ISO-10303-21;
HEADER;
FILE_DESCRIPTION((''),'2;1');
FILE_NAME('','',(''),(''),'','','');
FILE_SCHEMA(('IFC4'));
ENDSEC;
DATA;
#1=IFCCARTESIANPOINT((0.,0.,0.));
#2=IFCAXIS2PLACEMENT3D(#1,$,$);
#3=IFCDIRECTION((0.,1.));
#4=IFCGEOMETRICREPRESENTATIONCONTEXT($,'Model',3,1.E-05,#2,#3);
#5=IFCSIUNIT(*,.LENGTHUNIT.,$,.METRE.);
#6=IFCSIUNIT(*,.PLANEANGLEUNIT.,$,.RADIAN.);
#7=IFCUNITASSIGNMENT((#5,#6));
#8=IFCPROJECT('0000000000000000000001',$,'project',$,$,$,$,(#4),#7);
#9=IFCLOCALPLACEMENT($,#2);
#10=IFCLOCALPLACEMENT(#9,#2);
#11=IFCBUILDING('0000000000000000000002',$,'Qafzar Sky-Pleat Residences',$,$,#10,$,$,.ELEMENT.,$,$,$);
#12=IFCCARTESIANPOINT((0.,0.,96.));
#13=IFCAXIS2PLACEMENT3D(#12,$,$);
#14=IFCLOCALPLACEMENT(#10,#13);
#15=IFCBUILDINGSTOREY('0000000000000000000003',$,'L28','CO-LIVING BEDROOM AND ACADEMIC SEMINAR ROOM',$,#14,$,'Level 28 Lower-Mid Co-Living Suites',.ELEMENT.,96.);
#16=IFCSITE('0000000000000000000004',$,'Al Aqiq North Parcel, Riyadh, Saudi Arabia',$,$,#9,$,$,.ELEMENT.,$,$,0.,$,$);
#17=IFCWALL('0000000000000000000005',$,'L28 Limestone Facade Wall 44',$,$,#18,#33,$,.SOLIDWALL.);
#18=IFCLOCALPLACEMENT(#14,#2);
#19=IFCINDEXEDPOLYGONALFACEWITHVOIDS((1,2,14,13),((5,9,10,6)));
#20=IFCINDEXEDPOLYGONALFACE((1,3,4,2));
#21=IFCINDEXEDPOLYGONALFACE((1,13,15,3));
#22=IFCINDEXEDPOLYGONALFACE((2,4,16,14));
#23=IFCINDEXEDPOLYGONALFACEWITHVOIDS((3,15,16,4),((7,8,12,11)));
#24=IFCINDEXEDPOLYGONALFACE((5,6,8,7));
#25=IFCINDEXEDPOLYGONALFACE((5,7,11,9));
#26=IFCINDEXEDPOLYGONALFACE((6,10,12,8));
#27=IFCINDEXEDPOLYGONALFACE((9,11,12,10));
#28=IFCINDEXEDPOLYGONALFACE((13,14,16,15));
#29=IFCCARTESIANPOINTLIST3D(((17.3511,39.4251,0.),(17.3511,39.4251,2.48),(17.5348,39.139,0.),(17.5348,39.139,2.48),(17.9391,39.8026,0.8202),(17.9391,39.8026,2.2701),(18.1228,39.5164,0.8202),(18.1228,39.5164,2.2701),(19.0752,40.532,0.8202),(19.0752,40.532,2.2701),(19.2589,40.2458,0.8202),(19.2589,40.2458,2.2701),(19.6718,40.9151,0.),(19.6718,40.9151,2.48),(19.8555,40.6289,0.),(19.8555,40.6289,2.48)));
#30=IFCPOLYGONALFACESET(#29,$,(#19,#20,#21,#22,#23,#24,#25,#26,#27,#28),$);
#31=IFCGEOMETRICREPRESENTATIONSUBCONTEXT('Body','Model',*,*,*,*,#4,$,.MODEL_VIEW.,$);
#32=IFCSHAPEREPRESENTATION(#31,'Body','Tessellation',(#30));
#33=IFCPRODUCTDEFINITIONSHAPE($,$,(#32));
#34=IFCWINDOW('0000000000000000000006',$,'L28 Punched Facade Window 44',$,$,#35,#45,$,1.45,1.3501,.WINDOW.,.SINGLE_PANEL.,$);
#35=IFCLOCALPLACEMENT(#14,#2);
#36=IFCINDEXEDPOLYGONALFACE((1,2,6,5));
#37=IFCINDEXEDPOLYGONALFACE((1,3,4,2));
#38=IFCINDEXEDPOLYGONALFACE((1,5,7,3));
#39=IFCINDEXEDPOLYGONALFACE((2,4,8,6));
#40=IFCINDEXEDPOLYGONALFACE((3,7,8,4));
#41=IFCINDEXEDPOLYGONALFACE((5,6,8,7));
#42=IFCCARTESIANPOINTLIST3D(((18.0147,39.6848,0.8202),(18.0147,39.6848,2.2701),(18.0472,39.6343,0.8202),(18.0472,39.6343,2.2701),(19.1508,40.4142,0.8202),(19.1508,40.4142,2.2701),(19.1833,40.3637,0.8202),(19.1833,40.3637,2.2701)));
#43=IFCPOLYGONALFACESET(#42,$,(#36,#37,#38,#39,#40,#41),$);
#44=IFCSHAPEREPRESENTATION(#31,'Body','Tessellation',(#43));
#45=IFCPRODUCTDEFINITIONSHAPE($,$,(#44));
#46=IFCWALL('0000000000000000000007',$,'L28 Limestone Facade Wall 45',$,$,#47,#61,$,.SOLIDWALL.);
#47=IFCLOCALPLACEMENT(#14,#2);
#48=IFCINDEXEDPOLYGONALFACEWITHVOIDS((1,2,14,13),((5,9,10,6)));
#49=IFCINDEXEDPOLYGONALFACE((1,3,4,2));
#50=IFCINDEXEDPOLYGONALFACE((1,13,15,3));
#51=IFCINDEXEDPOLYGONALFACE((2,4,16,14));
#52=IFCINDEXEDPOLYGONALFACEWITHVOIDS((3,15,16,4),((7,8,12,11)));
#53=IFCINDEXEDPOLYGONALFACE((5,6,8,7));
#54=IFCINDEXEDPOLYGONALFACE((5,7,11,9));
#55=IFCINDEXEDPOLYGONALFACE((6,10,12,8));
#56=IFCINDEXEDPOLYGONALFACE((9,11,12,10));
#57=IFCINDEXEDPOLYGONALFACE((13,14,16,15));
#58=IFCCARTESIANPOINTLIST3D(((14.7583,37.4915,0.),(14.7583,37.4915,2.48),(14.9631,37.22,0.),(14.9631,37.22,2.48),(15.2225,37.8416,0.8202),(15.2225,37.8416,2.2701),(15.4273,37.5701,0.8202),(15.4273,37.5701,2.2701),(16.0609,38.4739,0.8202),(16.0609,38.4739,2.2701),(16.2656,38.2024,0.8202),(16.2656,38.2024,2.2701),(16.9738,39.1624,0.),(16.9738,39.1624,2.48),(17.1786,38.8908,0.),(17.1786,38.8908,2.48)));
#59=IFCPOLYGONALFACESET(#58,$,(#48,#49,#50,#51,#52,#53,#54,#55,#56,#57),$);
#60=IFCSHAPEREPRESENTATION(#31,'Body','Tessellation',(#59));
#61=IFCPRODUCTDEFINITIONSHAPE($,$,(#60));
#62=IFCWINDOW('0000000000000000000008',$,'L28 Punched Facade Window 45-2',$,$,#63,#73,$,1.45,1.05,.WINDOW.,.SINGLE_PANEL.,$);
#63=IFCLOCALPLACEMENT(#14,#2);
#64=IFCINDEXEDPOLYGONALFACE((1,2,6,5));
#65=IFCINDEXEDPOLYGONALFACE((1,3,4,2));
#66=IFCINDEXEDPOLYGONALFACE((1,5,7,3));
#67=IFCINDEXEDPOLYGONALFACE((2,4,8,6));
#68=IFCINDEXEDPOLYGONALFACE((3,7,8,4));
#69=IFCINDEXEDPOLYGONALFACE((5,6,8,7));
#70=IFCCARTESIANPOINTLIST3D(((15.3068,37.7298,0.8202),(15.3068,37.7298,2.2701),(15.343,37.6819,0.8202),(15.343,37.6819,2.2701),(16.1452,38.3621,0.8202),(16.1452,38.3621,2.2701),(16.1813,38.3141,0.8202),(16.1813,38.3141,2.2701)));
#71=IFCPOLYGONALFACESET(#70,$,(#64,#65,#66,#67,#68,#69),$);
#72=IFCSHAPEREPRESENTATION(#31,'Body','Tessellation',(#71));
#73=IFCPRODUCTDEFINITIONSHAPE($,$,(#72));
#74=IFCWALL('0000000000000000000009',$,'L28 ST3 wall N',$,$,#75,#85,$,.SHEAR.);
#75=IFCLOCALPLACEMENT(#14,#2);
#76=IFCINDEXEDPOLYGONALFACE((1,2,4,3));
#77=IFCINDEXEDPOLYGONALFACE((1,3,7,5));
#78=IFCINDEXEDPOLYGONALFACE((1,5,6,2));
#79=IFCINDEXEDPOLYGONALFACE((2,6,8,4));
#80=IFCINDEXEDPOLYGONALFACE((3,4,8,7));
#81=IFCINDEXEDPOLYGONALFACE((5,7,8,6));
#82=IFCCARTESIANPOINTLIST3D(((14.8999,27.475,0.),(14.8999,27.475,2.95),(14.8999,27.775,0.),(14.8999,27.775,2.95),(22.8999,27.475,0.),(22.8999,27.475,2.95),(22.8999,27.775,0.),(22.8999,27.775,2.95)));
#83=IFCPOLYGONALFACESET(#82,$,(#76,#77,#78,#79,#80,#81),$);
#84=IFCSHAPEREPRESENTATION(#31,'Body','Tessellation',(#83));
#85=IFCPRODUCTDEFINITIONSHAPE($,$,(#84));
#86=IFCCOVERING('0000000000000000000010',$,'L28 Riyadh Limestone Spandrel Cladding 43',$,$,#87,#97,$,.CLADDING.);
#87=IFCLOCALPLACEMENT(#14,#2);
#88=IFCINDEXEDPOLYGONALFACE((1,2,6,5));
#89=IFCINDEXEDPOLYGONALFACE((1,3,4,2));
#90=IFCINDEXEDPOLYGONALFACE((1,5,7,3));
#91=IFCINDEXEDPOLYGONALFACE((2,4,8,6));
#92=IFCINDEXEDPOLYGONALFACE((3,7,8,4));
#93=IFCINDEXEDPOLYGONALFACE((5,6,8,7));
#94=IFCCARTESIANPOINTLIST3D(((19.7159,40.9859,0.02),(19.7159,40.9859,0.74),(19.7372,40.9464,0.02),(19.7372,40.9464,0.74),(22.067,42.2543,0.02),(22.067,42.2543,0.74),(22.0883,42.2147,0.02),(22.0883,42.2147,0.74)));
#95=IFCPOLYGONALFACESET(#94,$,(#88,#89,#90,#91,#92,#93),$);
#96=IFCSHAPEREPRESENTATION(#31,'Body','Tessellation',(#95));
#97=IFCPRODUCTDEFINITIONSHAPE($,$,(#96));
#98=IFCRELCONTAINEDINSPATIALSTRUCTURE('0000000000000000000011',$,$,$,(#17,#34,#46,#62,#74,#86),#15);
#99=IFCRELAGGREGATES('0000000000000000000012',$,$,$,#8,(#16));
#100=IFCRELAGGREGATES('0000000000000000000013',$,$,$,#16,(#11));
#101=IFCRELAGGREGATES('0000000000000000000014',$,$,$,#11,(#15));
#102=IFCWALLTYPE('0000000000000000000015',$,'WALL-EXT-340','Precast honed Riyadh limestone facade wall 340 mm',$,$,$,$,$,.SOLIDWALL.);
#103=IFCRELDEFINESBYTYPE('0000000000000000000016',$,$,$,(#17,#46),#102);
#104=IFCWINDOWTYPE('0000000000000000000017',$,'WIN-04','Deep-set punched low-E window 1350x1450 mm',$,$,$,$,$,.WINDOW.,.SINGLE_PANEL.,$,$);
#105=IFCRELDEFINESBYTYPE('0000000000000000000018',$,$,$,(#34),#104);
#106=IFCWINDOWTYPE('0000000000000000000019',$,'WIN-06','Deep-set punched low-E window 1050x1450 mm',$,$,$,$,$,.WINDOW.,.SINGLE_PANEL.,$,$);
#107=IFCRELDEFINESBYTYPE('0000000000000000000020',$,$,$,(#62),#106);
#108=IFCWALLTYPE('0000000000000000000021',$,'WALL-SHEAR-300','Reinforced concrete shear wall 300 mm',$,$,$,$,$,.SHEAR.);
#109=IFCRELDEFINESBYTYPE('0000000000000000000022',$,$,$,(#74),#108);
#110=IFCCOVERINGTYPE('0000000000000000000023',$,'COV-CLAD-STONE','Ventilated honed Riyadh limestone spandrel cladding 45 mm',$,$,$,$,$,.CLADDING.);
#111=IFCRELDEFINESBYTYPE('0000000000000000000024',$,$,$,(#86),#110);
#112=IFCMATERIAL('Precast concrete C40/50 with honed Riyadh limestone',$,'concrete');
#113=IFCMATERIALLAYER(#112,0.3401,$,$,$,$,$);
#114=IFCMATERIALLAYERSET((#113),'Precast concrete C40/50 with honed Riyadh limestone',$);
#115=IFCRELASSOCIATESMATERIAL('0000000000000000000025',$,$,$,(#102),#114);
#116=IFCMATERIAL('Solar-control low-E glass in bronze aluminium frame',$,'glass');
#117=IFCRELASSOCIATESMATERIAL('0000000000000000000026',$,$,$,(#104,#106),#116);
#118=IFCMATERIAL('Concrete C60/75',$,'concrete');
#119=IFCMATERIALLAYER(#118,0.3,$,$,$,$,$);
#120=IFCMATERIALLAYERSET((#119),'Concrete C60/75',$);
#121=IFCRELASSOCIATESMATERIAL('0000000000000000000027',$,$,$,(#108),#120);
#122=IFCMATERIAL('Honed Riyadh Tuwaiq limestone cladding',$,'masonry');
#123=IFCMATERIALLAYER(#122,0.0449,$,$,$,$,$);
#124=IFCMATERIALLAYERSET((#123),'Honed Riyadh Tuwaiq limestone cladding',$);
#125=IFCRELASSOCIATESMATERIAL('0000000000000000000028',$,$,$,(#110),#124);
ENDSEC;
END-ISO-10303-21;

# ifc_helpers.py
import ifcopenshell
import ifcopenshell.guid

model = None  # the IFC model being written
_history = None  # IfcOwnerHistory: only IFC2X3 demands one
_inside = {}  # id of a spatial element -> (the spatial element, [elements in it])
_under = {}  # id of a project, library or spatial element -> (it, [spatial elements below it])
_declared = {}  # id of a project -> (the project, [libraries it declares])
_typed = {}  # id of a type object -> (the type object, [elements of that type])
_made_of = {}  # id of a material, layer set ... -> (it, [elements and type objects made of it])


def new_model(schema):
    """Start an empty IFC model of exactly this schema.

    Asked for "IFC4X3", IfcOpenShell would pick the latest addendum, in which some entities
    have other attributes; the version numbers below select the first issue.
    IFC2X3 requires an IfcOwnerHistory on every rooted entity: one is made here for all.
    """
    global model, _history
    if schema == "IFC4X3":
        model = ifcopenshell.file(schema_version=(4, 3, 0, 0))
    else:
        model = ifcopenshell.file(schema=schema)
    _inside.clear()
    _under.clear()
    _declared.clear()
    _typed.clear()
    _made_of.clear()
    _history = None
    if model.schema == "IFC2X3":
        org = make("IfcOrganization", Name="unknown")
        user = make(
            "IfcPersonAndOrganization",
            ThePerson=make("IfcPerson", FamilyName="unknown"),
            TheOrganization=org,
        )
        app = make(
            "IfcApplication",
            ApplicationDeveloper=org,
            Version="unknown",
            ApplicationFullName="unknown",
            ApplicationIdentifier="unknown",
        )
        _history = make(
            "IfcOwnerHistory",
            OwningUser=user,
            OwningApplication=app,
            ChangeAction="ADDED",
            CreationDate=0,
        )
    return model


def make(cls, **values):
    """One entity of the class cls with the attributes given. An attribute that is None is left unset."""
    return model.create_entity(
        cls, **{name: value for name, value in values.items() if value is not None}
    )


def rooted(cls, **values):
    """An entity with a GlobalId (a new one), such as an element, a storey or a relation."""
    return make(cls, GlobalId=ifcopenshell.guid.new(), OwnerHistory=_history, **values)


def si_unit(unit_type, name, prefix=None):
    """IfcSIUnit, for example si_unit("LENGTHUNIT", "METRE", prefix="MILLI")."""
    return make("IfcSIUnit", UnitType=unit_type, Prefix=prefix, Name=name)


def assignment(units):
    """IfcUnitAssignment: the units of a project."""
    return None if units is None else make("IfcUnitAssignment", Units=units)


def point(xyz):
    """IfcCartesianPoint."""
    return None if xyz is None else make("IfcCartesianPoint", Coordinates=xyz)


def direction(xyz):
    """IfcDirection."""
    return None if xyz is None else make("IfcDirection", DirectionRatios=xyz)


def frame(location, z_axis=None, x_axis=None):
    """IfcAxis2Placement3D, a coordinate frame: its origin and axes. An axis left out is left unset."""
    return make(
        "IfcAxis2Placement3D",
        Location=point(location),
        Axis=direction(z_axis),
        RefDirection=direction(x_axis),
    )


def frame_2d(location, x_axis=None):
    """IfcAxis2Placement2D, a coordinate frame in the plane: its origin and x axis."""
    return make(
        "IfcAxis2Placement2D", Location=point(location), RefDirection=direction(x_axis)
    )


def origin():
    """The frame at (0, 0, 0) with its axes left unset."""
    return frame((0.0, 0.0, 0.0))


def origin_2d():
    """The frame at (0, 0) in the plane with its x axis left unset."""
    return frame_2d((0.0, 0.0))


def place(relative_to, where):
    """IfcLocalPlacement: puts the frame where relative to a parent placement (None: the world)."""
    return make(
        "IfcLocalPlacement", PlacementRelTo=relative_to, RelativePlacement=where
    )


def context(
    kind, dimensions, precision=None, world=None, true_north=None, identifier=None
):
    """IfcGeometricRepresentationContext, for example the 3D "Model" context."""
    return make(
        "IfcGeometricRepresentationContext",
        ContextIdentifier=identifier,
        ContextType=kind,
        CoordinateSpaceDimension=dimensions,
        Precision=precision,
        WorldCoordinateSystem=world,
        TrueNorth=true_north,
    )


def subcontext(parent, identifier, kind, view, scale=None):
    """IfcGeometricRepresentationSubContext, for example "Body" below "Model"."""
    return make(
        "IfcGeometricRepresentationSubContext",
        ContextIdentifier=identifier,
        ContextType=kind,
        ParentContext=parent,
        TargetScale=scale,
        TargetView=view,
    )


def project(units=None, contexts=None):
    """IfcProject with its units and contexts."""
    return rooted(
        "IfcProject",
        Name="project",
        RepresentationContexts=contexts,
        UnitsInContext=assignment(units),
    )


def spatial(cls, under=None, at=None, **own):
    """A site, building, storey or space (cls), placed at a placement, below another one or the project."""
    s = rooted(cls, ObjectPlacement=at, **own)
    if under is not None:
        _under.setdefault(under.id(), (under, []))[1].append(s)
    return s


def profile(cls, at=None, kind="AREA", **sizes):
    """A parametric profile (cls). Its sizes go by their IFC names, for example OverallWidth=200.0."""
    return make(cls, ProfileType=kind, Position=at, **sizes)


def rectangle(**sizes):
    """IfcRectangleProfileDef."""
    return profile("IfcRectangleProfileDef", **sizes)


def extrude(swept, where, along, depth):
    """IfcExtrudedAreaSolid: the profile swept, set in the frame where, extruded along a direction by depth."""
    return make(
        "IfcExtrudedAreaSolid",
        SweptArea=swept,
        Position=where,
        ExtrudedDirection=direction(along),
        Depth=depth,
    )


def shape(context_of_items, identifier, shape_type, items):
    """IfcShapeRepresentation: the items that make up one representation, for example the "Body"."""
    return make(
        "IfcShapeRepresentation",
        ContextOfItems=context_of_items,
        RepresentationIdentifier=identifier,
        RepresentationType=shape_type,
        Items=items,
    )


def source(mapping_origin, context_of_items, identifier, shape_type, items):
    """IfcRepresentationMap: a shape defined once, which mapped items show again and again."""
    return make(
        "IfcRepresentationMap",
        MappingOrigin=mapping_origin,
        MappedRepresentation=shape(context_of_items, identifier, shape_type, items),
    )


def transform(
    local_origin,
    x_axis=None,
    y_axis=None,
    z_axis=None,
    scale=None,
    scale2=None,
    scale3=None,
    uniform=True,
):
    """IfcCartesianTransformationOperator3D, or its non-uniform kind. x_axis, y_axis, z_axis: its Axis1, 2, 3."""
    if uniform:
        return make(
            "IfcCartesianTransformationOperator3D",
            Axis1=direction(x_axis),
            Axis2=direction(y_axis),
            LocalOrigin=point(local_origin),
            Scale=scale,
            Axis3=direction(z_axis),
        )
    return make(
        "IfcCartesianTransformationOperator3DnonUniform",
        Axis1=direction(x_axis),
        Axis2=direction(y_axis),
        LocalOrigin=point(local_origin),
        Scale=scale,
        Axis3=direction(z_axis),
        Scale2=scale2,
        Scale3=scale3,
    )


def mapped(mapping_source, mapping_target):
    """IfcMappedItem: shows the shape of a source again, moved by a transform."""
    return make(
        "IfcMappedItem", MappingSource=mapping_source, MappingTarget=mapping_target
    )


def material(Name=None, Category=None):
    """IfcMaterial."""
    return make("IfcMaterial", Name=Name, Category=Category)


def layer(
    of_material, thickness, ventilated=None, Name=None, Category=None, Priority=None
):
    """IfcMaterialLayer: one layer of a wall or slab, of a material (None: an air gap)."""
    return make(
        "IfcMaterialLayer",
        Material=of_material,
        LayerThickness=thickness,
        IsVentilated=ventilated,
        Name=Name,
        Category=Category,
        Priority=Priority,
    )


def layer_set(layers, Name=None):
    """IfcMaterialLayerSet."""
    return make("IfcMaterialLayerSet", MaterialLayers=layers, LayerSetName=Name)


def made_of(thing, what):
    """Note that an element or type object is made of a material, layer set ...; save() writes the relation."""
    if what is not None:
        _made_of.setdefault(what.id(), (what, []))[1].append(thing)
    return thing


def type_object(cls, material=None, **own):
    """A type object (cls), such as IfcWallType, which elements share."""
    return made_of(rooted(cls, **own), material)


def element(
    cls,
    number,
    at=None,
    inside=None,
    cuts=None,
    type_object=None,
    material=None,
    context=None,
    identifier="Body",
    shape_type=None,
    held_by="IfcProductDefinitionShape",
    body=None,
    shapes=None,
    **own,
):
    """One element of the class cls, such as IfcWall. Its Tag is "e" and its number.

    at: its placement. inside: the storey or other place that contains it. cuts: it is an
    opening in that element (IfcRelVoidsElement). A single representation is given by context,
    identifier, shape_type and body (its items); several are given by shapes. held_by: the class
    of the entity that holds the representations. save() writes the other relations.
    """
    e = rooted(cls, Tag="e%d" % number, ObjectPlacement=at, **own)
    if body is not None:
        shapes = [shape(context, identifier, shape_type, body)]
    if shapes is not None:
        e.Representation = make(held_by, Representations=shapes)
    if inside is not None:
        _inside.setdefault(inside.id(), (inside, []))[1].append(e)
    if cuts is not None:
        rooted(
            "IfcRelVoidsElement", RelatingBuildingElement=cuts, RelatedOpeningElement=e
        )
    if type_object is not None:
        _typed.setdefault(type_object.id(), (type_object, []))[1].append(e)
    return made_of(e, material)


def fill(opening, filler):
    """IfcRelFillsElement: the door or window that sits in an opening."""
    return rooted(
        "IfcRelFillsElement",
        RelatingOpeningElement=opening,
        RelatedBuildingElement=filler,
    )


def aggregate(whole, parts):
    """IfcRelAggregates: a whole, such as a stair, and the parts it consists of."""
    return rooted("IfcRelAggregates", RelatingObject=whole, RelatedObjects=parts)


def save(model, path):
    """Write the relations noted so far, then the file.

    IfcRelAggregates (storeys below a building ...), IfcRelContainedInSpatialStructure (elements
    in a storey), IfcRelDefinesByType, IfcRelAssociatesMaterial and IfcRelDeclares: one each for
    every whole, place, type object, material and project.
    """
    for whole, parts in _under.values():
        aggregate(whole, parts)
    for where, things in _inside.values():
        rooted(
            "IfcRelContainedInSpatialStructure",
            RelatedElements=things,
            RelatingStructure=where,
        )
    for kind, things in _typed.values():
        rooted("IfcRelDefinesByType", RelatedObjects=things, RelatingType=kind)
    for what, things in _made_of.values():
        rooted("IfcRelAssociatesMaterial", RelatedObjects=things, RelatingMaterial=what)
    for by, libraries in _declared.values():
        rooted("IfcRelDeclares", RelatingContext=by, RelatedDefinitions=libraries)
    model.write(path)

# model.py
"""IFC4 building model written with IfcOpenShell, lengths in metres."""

from ifc_helpers import new_model, si_unit, direction, frame, frame_2d, origin, origin_2d, place, context, subcontext, project, spatial, rectangle, extrude, source, transform, mapped, material, layer, layer_set, type_object, element, fill, save


model = new_model("IFC4")

# Units and contexts
model_context = context("Model", 3, precision=1e-05, world=origin(), true_north=direction((0.0, 1.0)))
body_context = subcontext(model_context, "Body", "Model", "MODEL_VIEW")
ifc_project = project(units=[si_unit("LENGTHUNIT", "METRE"), si_unit("PLANEANGLEUNIT", "RADIAN")], contexts=[model_context])

# Site, building, storey
site_placement = place(None, origin())
site = spatial("IfcSite", under=ifc_project, at=site_placement, Name="Al Aqiq North Parcel, Riyadh, Saudi Arabia", CompositionType="ELEMENT", RefElevation=0.0)
building_placement = place(site_placement, origin())
building = spatial("IfcBuilding", under=site, at=building_placement, Name="Qafzar Sky-Pleat Residences", CompositionType="ELEMENT")
storey_placement = place(building_placement, frame((0.0, 0.0, 96.0)))
storey = spatial("IfcBuildingStorey", under=building, at=storey_placement, Name="L28", Description="CO-LIVING BEDROOM AND ACADEMIC SEMINAR ROOM", LongName="Level 28 Lower-Mid Co-Living Suites", CompositionType="ELEMENT", Elevation=96.0)

# Shared definitions
ifc_material_1 = material(Name="Concrete C60/75", Category="concrete")

# Walls, openings, windows
ifc_material_2 = material(Name="Precast concrete C40/50 with honed Riyadh limestone", Category="concrete")
ifc_layer_1 = layer(ifc_material_2, 0.3401)
ifc_layer_set_1 = layer_set([ifc_layer_1], Name="Precast concrete C40/50 with honed Riyadh limestone")
wall_type_1 = type_object("IfcWallType", Name="WALL-EXT-340", Description="Precast honed Riyadh limestone facade wall 340 mm", PredefinedType="SOLIDWALL", material=ifc_layer_set_1)
ifc_material_3 = material(Name="Solar-control low-E glass in bronze aluminium frame", Category="glass")
wall_1_placement = place(storey_placement, frame((19.7637, 40.772, 0.0), z_axis=(0.0, 0.0, 1.0), x_axis=(-0.8415, -0.540256, 0.0)))
wall_1 = element("IfcWall", 1, at=wall_1_placement, inside=storey, type_object=wall_type_1, Name="L28 Limestone Facade Wall 44", PredefinedType="SOLIDWALL", context=body_context, shape_type="SweptSolid", body=[
    extrude(rectangle(XDim=2.7578, YDim=0.3401, at=frame_2d((1.3789, 0.0))), origin(), (0.0, 0.0, 1.0), 2.48),
])
opening_1_placement = place(wall_1_placement, frame((0.709, 0.0, 0.8201)))
opening_1 = element("IfcOpeningElement", 2, at=opening_1_placement, cuts=wall_1, PredefinedType="OPENING", context=body_context, shape_type="SweptSolid", body=[
    extrude(rectangle(XDim=1.3501, YDim=1.45, at=frame_2d((0.675, 0.7251))), frame((0.0, 0.1802, 0.0), z_axis=(0.0, -1.0, 0.0), x_axis=(1.0, 0.0, 0.0)), (0.0, 0.0, 1.0), 0.3601),
])
window_type_1 = type_object("IfcWindowType", Name="WIN-04", Description="Deep-set punched low-E window 1350x1450 mm", PartitioningType="SINGLE_PANEL", PredefinedType="WINDOW", material=ifc_material_3)
shared_shape_1 = source(origin(), body_context, "Body", "SweptSolid", [
    extrude(rectangle(XDim=1.3501, YDim=1.45, at=frame_2d((0.675, 0.7251))), frame((0.0, 0.03, 0.0), z_axis=(0.0, -1.0, 0.0), x_axis=(1.0, 0.0, 0.0)), (0.0, 0.0, 1.0), 0.0601),
])
window_1_placement = place(opening_1_placement, origin())
window_1 = element("IfcWindow", 3, at=window_1_placement, inside=storey, type_object=window_type_1, Name="L28 Punched Facade Window 44", OverallHeight=1.45, OverallWidth=1.3501, PartitioningType="SINGLE_PANEL", PredefinedType="WINDOW", context=body_context, shape_type="MappedRepresentation", body=[
    mapped(shared_shape_1, transform((0.0, 0.0, 0.0), x_axis=(1.0, 0.0, 0.0), y_axis=(0.0, 1.0, 0.0), z_axis=(0.0, 0.0, 1.0), scale=1.0)),
])
fill(opening_1, window_1)
wall_2_placement = place(storey_placement, frame((17.0762, 39.0266, 0.0), z_axis=(0.0, 0.0, 1.0), x_axis=(-0.798403, -0.602123, 0.0)))
wall_2 = element("IfcWall", 4, at=wall_2_placement, inside=storey, type_object=wall_type_1, Name="L28 Limestone Facade Wall 45", PredefinedType="SOLIDWALL", context=body_context, shape_type="SweptSolid", body=[
    extrude(rectangle(XDim=2.7749, YDim=0.3401, at=frame_2d((1.3875, 0.0))), origin(), (0.0, 0.0, 1.0), 2.48),
])
opening_2_placement = place(wall_2_placement, frame((1.1436, 0.0, 0.8201)))
opening_2 = element("IfcOpeningElement", 5, at=opening_2_placement, cuts=wall_2, PredefinedType="OPENING", context=body_context, shape_type="SweptSolid", body=[
    extrude(rectangle(XDim=1.05, YDim=1.45, at=frame_2d((0.5249, 0.7251))), frame((0.0, 0.1802, 0.0), z_axis=(0.0, -1.0, 0.0), x_axis=(1.0, 0.0, 0.0)), (0.0, 0.0, 1.0), 0.3601),
])
window_type_2 = type_object("IfcWindowType", Name="WIN-06", Description="Deep-set punched low-E window 1050x1450 mm", PartitioningType="SINGLE_PANEL", PredefinedType="WINDOW", material=ifc_material_3)
shared_shape_2 = source(origin(), body_context, "Body", "SweptSolid", [
    extrude(rectangle(XDim=1.05, YDim=1.45, at=frame_2d((0.5249, 0.7251))), frame((0.0, 0.03, 0.0), z_axis=(0.0, -1.0, 0.0), x_axis=(1.0, 0.0, 0.0)), (0.0, 0.0, 1.0), 0.0601),
])
window_2_placement = place(opening_2_placement, origin())
window_2 = element("IfcWindow", 6, at=window_2_placement, inside=storey, type_object=window_type_2, Name="L28 Punched Facade Window 45-2", OverallHeight=1.45, OverallWidth=1.05, PartitioningType="SINGLE_PANEL", PredefinedType="WINDOW", context=body_context, shape_type="MappedRepresentation", body=[
    mapped(shared_shape_2, transform((0.0, 0.0, 0.0), x_axis=(1.0, 0.0, 0.0), y_axis=(0.0, 1.0, 0.0), z_axis=(0.0, 0.0, 1.0), scale=1.0)),
])
fill(opening_2, window_2)

# Wall
ifc_layer_2 = layer(ifc_material_1, 0.3)
ifc_layer_set_2 = layer_set([ifc_layer_2], Name="Concrete C60/75")
wall_type_2 = type_object("IfcWallType", Name="WALL-SHEAR-300", Description="Reinforced concrete shear wall 300 mm", PredefinedType="SHEAR", material=ifc_layer_set_2)
wall_3_placement = place(storey_placement, frame((22.8999, 27.625, 0.0), z_axis=(0.0, 0.0, 1.0), x_axis=(-1.0, 0.0, 0.0)))
element("IfcWall", 7, at=wall_3_placement, inside=storey, type_object=wall_type_2, Name="L28 ST3 wall N", PredefinedType="SHEAR", context=body_context, shape_type="SweptSolid", body=[
    extrude(rectangle(XDim=8.0, YDim=0.3, at=frame_2d((4.0, 0.0))), origin(), (0.0, 0.0, 1.0), 2.95),
])

# Covering
ifc_material_4 = material(Name="Honed Riyadh Tuwaiq limestone cladding", Category="masonry")
ifc_layer_3 = layer(ifc_material_4, 0.0449)
ifc_layer_set_3 = layer_set([ifc_layer_3], Name="Honed Riyadh Tuwaiq limestone cladding")
covering_type = type_object("IfcCoveringType", Name="COV-CLAD-STONE", Description="Ventilated honed Riyadh limestone spandrel cladding 45 mm", PredefinedType="CLADDING", material=ifc_layer_set_3)
shared_shape_3 = source(origin(), body_context, "Body", "SweptSolid", [
    extrude(rectangle(XDim=2.6714, YDim=0.0449, at=origin_2d()), origin(), (0.0, 0.0, 1.0), 0.72),
])
covering_placement = place(storey_placement, frame((20.9021, 41.6003, 0.02), z_axis=(0.0, 0.0, 1.0), x_axis=(-0.880101, -0.474787, 0.0)))
element("IfcCovering", 8, at=covering_placement, inside=storey, type_object=covering_type, Name="L28 Riyadh Limestone Spandrel Cladding 43", PredefinedType="CLADDING", context=body_context, shape_type="MappedRepresentation", body=[
    mapped(shared_shape_3, transform((0.0, 0.0, 0.0), x_axis=(1.0, 0.0, 0.0), y_axis=(0.0, 1.0, 0.0), z_axis=(0.0, 0.0, 1.0), scale=1.0)),
])

save(model, "model.ifc")
